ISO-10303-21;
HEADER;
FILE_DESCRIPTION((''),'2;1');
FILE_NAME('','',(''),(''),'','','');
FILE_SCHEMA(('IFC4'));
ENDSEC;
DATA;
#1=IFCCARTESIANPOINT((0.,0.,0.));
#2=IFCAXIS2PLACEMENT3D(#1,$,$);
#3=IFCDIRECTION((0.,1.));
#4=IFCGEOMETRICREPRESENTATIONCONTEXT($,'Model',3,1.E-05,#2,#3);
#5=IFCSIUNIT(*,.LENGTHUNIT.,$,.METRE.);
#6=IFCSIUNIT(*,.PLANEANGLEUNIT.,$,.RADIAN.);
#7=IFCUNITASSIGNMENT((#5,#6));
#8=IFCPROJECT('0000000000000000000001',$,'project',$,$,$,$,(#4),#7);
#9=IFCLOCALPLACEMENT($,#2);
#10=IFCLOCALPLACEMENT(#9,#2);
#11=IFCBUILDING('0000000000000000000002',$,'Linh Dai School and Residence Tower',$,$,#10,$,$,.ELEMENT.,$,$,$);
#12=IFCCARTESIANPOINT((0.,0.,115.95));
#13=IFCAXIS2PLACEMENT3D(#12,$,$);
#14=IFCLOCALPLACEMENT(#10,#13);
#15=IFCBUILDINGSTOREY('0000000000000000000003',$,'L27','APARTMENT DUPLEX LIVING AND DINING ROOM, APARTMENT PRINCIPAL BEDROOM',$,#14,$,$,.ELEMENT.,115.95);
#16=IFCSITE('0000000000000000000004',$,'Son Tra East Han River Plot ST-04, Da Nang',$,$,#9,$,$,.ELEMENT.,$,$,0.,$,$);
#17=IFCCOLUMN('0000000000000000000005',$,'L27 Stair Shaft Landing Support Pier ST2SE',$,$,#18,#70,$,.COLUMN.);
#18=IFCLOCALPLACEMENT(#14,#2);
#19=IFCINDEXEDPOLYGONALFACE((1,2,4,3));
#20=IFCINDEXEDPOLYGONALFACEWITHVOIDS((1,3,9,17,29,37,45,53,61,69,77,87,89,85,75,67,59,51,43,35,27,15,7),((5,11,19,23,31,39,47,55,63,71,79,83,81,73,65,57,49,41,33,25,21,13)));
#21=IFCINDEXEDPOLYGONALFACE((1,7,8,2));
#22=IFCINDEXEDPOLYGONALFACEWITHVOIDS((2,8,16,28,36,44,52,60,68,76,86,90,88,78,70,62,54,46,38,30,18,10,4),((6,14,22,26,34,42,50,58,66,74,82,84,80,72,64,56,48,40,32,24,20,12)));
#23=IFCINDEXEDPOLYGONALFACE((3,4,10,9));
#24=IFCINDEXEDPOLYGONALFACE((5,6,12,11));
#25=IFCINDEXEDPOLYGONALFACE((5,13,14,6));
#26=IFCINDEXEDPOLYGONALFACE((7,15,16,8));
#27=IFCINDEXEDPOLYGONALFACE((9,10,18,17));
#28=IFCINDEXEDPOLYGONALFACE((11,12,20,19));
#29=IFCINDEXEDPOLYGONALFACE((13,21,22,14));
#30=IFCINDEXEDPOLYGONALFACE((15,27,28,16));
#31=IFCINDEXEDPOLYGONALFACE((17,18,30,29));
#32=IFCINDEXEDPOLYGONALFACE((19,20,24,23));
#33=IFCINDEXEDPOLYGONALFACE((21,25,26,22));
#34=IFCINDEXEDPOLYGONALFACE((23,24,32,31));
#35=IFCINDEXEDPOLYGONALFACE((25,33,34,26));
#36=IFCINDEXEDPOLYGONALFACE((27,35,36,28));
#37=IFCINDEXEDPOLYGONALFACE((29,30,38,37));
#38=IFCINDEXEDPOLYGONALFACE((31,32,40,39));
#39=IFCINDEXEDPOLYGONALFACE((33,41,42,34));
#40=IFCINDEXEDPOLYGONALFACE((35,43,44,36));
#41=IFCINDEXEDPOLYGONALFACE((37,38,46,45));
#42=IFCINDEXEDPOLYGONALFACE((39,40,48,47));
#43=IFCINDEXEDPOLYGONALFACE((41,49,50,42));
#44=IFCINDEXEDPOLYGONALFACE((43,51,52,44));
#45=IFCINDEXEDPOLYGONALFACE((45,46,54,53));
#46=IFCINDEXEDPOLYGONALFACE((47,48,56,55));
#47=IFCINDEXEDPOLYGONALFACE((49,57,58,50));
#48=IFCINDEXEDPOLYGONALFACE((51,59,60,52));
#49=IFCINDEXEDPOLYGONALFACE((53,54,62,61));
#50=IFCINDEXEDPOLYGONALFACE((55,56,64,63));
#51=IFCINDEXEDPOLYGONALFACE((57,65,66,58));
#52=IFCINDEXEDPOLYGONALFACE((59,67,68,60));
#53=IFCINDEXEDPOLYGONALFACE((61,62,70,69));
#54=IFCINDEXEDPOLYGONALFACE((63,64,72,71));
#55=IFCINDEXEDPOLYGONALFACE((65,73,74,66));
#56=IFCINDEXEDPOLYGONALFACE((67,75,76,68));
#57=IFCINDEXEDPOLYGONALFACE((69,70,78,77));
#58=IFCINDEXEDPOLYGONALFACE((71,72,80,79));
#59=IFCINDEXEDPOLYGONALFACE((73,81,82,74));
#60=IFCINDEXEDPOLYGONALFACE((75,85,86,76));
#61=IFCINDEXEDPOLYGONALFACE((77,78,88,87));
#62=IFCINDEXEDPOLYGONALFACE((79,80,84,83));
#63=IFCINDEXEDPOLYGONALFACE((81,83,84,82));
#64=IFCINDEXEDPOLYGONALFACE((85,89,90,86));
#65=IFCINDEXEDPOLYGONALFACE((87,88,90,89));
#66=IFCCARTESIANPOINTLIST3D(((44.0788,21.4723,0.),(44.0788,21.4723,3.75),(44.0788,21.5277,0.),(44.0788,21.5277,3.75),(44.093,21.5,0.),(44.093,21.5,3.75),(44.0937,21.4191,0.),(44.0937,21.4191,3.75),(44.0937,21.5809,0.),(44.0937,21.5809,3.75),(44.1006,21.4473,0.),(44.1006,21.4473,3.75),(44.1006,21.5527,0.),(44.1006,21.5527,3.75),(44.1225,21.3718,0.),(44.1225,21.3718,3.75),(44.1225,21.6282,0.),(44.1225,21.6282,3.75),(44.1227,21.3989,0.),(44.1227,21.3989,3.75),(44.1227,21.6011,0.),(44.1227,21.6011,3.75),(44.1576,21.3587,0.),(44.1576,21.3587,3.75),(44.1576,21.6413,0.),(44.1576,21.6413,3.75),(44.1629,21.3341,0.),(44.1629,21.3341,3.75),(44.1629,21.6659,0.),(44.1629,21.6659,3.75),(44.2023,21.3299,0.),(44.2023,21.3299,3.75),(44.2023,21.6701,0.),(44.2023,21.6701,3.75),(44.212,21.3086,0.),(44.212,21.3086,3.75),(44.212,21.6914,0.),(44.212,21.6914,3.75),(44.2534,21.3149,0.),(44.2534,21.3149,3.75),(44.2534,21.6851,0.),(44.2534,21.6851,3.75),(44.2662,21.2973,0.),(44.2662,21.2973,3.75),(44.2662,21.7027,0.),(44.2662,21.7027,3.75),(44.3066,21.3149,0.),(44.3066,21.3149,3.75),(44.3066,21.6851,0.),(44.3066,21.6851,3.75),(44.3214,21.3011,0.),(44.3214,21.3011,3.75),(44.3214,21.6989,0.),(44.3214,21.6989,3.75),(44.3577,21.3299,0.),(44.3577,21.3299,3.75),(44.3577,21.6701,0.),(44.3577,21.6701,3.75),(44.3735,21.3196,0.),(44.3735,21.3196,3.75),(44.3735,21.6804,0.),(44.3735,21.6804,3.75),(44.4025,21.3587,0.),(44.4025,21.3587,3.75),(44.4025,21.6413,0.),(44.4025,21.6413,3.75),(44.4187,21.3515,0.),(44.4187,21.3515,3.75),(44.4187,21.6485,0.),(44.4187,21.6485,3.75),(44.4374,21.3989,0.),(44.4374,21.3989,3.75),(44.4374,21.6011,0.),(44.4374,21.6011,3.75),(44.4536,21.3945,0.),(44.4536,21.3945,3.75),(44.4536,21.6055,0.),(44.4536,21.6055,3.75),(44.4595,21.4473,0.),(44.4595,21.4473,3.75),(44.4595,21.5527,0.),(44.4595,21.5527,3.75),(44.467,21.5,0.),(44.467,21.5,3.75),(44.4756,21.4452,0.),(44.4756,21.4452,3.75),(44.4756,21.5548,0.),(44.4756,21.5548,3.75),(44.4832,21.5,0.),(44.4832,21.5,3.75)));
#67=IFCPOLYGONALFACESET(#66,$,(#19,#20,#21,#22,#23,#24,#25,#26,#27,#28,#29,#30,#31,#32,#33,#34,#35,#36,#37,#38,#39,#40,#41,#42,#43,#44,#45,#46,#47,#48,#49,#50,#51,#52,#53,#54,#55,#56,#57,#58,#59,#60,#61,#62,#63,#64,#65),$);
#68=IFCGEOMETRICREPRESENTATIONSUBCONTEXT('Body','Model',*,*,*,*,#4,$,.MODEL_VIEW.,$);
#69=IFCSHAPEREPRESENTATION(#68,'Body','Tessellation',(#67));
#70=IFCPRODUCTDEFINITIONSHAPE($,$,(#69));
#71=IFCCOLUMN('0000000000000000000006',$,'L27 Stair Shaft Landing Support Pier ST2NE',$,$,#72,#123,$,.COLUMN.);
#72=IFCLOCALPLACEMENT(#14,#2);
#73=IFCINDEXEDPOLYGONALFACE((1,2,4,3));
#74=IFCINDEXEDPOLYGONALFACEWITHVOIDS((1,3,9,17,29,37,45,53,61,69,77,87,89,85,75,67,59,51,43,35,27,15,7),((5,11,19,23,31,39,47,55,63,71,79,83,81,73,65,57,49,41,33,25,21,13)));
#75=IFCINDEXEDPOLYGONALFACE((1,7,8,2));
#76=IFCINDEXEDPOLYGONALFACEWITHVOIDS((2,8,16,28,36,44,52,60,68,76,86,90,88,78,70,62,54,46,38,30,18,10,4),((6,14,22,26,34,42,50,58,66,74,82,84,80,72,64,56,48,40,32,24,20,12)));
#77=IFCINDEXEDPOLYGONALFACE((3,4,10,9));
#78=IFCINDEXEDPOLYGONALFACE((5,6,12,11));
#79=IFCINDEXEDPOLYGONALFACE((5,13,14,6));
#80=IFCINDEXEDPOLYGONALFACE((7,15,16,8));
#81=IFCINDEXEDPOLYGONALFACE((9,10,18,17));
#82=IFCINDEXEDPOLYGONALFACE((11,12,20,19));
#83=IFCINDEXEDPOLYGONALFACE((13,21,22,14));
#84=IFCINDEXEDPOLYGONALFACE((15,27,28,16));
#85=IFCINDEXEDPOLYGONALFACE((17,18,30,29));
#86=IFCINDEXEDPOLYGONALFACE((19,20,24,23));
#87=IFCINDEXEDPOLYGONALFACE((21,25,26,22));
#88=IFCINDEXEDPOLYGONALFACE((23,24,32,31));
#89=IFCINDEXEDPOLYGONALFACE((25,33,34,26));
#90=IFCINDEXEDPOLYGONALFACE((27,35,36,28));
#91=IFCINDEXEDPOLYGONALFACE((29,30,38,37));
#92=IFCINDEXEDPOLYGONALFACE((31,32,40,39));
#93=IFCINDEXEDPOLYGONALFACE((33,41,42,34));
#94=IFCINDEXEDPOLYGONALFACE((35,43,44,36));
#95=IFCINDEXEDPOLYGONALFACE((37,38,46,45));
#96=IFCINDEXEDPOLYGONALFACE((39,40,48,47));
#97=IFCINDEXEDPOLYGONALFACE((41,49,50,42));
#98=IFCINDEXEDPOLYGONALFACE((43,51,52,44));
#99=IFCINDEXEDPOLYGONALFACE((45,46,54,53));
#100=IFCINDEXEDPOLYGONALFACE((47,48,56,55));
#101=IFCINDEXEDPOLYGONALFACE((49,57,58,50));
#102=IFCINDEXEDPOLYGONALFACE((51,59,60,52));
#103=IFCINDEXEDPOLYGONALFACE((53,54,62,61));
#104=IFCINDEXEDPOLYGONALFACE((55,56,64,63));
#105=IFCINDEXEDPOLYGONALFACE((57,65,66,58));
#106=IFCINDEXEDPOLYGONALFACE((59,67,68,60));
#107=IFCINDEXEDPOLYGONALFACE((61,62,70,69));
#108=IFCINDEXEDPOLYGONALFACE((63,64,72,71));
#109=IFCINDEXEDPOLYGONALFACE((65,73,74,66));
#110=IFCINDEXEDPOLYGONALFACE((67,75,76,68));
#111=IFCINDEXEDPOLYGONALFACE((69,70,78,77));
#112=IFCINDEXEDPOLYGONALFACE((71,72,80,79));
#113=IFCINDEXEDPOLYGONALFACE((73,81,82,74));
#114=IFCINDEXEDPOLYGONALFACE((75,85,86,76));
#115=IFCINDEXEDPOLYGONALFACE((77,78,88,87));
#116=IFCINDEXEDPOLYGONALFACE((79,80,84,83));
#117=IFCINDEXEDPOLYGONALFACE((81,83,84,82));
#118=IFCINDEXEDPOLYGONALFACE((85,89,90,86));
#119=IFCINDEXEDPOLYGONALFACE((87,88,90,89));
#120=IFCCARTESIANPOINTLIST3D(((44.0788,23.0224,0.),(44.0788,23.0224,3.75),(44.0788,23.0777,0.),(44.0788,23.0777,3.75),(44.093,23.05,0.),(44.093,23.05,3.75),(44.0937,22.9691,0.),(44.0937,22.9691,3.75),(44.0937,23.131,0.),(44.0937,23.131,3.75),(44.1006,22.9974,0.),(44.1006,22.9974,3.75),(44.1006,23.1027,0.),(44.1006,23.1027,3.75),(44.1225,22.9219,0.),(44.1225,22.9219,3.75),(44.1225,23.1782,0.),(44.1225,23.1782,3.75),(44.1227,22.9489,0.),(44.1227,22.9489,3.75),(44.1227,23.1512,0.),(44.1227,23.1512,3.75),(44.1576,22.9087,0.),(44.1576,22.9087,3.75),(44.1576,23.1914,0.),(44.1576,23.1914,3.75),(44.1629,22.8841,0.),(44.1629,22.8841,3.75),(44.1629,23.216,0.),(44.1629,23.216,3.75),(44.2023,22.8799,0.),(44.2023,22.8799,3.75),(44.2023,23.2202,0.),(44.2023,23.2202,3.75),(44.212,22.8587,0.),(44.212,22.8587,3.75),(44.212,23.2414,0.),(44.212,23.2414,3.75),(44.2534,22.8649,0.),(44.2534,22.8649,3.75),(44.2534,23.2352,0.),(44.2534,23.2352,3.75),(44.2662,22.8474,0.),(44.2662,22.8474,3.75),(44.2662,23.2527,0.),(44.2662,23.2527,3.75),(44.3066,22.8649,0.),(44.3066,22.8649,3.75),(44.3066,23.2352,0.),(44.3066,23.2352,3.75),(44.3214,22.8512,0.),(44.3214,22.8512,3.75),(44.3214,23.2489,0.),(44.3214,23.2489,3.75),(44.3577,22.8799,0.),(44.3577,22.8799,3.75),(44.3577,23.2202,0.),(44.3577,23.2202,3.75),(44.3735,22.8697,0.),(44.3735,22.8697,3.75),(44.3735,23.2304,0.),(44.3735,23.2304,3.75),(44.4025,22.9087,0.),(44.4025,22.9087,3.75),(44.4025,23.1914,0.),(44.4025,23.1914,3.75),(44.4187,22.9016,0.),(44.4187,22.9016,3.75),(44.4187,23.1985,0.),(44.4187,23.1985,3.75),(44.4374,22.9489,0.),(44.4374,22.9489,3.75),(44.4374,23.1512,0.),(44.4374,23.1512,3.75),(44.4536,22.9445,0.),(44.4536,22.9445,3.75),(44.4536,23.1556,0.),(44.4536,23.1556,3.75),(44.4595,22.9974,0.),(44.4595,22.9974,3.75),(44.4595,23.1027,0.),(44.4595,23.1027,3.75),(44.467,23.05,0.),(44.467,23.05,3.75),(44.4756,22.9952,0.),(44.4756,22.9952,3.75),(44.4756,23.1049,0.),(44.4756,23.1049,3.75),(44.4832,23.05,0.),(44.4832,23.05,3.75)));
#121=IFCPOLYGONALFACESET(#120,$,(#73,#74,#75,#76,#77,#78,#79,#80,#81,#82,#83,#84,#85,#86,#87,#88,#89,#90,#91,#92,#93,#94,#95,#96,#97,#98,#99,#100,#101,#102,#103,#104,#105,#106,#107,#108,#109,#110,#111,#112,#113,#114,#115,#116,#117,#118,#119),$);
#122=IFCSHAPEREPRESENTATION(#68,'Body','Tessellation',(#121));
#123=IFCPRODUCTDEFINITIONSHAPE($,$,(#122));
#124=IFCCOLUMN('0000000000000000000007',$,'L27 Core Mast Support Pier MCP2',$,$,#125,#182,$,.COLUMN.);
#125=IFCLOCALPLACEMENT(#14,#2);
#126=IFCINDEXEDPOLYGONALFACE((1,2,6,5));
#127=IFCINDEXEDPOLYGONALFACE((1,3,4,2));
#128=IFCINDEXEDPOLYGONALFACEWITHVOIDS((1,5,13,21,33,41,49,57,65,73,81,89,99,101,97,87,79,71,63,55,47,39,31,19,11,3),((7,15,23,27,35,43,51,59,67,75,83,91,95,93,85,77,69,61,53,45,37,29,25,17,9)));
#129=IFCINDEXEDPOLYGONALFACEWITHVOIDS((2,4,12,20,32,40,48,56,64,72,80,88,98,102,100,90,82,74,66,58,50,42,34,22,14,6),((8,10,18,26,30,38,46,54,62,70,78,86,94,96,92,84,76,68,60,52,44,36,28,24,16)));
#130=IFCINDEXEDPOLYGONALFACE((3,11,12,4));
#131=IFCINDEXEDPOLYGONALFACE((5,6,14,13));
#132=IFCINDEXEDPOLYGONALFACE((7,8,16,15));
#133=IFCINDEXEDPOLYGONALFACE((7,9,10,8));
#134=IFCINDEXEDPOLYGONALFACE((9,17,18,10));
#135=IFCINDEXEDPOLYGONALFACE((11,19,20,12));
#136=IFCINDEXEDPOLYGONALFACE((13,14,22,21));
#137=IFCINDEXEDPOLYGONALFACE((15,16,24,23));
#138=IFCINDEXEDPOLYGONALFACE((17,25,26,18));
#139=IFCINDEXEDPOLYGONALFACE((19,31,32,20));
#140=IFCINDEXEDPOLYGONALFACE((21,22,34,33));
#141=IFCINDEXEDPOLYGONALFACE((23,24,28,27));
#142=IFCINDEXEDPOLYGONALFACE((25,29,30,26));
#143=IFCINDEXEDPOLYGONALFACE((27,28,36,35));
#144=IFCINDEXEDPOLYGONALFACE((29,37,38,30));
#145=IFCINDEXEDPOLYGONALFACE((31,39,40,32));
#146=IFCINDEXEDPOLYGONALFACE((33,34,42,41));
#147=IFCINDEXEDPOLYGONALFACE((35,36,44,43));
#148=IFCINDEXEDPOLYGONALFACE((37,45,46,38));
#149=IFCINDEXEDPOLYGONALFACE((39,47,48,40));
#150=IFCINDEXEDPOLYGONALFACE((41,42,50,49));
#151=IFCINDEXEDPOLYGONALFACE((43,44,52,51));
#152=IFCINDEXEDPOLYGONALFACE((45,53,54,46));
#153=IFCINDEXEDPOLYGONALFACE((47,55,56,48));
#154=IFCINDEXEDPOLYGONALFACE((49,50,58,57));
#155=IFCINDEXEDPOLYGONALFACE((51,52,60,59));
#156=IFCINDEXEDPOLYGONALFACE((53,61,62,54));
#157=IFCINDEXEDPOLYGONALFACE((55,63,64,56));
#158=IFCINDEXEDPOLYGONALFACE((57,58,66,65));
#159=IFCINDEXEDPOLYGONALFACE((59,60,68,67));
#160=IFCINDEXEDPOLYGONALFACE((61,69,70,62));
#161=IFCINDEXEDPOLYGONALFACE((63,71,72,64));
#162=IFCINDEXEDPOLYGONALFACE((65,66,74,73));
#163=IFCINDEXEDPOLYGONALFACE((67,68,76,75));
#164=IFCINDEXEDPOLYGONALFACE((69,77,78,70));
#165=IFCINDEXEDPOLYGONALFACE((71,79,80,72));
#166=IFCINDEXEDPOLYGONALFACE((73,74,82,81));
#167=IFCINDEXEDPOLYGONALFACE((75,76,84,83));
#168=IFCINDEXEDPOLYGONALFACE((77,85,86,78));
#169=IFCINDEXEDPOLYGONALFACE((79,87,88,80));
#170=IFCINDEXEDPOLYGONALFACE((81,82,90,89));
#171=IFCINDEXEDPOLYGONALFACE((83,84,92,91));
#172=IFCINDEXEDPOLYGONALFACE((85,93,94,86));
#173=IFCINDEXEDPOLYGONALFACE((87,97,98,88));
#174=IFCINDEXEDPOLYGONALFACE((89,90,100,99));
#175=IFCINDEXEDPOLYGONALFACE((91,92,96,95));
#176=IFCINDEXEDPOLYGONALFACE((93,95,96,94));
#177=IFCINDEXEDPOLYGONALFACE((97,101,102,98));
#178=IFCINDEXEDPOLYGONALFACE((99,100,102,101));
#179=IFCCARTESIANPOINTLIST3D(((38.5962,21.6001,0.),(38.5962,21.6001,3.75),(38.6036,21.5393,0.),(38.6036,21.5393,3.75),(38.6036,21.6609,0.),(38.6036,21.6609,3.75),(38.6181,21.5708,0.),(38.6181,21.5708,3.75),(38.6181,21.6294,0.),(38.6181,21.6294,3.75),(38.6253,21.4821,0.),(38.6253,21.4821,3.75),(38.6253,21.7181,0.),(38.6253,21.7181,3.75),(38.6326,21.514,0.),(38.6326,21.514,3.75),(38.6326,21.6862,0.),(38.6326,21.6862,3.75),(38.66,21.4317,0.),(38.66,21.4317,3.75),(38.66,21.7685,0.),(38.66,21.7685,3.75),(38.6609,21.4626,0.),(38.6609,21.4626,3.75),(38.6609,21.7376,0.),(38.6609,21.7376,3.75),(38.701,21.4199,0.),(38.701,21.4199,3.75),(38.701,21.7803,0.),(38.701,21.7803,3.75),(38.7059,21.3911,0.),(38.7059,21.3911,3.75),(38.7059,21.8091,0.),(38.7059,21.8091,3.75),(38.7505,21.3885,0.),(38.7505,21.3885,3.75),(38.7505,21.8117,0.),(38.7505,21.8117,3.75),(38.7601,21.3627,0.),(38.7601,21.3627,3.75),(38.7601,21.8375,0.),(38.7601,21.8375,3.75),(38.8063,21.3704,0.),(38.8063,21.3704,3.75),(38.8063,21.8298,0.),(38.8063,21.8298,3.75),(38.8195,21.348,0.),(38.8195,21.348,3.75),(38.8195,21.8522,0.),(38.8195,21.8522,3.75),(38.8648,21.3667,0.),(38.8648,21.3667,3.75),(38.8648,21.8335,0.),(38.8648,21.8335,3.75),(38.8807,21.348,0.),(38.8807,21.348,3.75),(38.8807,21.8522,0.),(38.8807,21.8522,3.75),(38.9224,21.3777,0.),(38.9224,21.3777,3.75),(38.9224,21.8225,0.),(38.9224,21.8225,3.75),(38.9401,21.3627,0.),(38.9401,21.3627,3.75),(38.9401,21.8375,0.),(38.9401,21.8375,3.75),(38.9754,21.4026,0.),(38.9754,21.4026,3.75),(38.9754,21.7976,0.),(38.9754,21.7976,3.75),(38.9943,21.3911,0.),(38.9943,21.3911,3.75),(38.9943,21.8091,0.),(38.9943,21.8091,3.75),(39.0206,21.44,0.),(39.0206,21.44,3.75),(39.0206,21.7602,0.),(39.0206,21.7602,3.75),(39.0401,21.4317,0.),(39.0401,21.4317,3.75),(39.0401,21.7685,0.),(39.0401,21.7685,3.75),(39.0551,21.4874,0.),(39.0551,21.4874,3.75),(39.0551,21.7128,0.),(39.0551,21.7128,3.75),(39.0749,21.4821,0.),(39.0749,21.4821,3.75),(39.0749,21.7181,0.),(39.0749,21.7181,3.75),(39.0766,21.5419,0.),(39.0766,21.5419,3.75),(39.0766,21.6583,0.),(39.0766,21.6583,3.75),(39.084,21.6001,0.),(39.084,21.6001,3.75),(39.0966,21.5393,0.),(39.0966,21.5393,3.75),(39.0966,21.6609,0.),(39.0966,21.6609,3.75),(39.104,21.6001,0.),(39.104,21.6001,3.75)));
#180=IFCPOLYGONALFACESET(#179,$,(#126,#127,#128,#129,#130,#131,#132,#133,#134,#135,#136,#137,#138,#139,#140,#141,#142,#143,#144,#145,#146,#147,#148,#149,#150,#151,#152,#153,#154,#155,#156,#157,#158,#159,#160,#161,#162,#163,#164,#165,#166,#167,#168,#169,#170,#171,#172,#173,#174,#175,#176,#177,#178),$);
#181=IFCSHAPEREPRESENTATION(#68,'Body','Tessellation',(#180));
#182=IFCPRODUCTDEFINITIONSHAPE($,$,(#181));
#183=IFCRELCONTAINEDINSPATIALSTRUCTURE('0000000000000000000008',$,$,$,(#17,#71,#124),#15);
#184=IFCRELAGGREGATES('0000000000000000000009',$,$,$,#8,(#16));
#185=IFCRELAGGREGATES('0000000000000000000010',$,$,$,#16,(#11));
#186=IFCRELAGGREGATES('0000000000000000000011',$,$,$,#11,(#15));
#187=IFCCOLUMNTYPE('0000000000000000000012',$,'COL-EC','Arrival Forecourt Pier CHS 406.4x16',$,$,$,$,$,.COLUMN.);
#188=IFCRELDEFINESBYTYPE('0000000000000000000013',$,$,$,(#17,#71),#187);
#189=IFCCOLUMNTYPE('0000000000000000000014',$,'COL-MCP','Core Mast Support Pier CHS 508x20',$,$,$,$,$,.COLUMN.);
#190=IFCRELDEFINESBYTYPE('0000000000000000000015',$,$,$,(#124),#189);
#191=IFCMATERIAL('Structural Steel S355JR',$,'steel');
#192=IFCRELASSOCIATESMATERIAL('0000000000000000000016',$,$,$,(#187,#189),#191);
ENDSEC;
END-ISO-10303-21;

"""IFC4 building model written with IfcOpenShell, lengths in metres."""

from ifc_helpers import new_model, si_unit, direction, frame, origin, origin_2d, place, context, subcontext, project, spatial, hollow_circle, extrude, material, material_profile, profile_set, type_object, element, save


model = new_model("IFC4")

# Units and contexts
model_context = context("Model", 3, precision=1e-05, world=origin(), true_north=direction((0.0, 1.0)))
body_context = subcontext(model_context, "Body", "Model", "MODEL_VIEW")
ifc_project = project(units=[si_unit("LENGTHUNIT", "METRE"), si_unit("PLANEANGLEUNIT", "RADIAN")], contexts=[model_context])

# Site, building, storey
site_placement = place(None, origin())
site = spatial("IfcSite", under=ifc_project, at=site_placement, Name="Son Tra East Han River Plot ST-04, Da Nang", CompositionType="ELEMENT", RefElevation=0.0)
building_placement = place(site_placement, origin())
building = spatial("IfcBuilding", under=site, at=building_placement, Name="Linh Dai School and Residence Tower", CompositionType="ELEMENT")
storey_placement = place(building_placement, frame((0.0, 0.0, 115.95)))
storey = spatial("IfcBuildingStorey", under=building, at=storey_placement, Name="L27", Description="APARTMENT DUPLEX LIVING AND DINING ROOM, APARTMENT PRINCIPAL BEDROOM", CompositionType="ELEMENT", Elevation=115.95)

# Columns
ifc_material_1 = material(Name="Structural Steel S355JR", Category="steel")
ifc_material_profile_1 = material_profile(ifc_material_1, hollow_circle(Radius=0.2031, WallThickness=0.0161, at=origin_2d()), Name="CHS 406.4x16")
ifc_profile_set_1 = profile_set([ifc_material_profile_1], Name="Structural Steel S355JR")
column_type_1 = type_object("IfcColumnType", Name="COL-EC", Description="Arrival Forecourt Pier CHS 406.4x16", PredefinedType="COLUMN", material=ifc_profile_set_1)
for number, where, z_axis, x_axis, name in (
    (1, (44.28, 21.5, 0.0), (0.0, 0.0, 1.0), (1.0, 0.0, 0.0), "L27 Stair Shaft Landing Support Pier ST2SE"),
    (2, (44.28, 23.05, 0.0), (0.0, 0.0, 1.0), (1.0, 0.0, 0.0), "L27 Stair Shaft Landing Support Pier ST2NE"),
):
    element("IfcColumn", number, at=place(storey_placement, frame(where, z_axis=z_axis, x_axis=x_axis)), inside=storey, type_object=column_type_1, Name=name, PredefinedType="COLUMN", context=body_context, shape_type="SweptSolid", body=[
        extrude(hollow_circle(Radius=0.2031, WallThickness=0.0161, at=origin_2d()), origin(), (0.0, 0.0, 1.0), 3.75),
    ])
ifc_material_profile_2 = material_profile(ifc_material_1, hollow_circle(Radius=0.2539, WallThickness=0.02, at=origin_2d()), Name="CHS 508x20")
ifc_profile_set_2 = profile_set([ifc_material_profile_2], Name="Structural Steel S355JR")
column_type_2 = type_object("IfcColumnType", Name="COL-MCP", Description="Core Mast Support Pier CHS 508x20", PredefinedType="COLUMN", material=ifc_profile_set_2)
column_placement = place(storey_placement, frame((38.8501, 21.6001, 0.0), z_axis=(0.0, 0.0, 1.0), x_axis=(1.0, 0.0, 0.0)))
element("IfcColumn", 3, at=column_placement, inside=storey, type_object=column_type_2, Name="L27 Core Mast Support Pier MCP2", PredefinedType="COLUMN", context=body_context, shape_type="SweptSolid", body=[
    extrude(hollow_circle(Radius=0.2539, WallThickness=0.02, at=origin_2d()), origin(), (0.0, 0.0, 1.0), 3.75),
])

save(model, "model.ifc")
